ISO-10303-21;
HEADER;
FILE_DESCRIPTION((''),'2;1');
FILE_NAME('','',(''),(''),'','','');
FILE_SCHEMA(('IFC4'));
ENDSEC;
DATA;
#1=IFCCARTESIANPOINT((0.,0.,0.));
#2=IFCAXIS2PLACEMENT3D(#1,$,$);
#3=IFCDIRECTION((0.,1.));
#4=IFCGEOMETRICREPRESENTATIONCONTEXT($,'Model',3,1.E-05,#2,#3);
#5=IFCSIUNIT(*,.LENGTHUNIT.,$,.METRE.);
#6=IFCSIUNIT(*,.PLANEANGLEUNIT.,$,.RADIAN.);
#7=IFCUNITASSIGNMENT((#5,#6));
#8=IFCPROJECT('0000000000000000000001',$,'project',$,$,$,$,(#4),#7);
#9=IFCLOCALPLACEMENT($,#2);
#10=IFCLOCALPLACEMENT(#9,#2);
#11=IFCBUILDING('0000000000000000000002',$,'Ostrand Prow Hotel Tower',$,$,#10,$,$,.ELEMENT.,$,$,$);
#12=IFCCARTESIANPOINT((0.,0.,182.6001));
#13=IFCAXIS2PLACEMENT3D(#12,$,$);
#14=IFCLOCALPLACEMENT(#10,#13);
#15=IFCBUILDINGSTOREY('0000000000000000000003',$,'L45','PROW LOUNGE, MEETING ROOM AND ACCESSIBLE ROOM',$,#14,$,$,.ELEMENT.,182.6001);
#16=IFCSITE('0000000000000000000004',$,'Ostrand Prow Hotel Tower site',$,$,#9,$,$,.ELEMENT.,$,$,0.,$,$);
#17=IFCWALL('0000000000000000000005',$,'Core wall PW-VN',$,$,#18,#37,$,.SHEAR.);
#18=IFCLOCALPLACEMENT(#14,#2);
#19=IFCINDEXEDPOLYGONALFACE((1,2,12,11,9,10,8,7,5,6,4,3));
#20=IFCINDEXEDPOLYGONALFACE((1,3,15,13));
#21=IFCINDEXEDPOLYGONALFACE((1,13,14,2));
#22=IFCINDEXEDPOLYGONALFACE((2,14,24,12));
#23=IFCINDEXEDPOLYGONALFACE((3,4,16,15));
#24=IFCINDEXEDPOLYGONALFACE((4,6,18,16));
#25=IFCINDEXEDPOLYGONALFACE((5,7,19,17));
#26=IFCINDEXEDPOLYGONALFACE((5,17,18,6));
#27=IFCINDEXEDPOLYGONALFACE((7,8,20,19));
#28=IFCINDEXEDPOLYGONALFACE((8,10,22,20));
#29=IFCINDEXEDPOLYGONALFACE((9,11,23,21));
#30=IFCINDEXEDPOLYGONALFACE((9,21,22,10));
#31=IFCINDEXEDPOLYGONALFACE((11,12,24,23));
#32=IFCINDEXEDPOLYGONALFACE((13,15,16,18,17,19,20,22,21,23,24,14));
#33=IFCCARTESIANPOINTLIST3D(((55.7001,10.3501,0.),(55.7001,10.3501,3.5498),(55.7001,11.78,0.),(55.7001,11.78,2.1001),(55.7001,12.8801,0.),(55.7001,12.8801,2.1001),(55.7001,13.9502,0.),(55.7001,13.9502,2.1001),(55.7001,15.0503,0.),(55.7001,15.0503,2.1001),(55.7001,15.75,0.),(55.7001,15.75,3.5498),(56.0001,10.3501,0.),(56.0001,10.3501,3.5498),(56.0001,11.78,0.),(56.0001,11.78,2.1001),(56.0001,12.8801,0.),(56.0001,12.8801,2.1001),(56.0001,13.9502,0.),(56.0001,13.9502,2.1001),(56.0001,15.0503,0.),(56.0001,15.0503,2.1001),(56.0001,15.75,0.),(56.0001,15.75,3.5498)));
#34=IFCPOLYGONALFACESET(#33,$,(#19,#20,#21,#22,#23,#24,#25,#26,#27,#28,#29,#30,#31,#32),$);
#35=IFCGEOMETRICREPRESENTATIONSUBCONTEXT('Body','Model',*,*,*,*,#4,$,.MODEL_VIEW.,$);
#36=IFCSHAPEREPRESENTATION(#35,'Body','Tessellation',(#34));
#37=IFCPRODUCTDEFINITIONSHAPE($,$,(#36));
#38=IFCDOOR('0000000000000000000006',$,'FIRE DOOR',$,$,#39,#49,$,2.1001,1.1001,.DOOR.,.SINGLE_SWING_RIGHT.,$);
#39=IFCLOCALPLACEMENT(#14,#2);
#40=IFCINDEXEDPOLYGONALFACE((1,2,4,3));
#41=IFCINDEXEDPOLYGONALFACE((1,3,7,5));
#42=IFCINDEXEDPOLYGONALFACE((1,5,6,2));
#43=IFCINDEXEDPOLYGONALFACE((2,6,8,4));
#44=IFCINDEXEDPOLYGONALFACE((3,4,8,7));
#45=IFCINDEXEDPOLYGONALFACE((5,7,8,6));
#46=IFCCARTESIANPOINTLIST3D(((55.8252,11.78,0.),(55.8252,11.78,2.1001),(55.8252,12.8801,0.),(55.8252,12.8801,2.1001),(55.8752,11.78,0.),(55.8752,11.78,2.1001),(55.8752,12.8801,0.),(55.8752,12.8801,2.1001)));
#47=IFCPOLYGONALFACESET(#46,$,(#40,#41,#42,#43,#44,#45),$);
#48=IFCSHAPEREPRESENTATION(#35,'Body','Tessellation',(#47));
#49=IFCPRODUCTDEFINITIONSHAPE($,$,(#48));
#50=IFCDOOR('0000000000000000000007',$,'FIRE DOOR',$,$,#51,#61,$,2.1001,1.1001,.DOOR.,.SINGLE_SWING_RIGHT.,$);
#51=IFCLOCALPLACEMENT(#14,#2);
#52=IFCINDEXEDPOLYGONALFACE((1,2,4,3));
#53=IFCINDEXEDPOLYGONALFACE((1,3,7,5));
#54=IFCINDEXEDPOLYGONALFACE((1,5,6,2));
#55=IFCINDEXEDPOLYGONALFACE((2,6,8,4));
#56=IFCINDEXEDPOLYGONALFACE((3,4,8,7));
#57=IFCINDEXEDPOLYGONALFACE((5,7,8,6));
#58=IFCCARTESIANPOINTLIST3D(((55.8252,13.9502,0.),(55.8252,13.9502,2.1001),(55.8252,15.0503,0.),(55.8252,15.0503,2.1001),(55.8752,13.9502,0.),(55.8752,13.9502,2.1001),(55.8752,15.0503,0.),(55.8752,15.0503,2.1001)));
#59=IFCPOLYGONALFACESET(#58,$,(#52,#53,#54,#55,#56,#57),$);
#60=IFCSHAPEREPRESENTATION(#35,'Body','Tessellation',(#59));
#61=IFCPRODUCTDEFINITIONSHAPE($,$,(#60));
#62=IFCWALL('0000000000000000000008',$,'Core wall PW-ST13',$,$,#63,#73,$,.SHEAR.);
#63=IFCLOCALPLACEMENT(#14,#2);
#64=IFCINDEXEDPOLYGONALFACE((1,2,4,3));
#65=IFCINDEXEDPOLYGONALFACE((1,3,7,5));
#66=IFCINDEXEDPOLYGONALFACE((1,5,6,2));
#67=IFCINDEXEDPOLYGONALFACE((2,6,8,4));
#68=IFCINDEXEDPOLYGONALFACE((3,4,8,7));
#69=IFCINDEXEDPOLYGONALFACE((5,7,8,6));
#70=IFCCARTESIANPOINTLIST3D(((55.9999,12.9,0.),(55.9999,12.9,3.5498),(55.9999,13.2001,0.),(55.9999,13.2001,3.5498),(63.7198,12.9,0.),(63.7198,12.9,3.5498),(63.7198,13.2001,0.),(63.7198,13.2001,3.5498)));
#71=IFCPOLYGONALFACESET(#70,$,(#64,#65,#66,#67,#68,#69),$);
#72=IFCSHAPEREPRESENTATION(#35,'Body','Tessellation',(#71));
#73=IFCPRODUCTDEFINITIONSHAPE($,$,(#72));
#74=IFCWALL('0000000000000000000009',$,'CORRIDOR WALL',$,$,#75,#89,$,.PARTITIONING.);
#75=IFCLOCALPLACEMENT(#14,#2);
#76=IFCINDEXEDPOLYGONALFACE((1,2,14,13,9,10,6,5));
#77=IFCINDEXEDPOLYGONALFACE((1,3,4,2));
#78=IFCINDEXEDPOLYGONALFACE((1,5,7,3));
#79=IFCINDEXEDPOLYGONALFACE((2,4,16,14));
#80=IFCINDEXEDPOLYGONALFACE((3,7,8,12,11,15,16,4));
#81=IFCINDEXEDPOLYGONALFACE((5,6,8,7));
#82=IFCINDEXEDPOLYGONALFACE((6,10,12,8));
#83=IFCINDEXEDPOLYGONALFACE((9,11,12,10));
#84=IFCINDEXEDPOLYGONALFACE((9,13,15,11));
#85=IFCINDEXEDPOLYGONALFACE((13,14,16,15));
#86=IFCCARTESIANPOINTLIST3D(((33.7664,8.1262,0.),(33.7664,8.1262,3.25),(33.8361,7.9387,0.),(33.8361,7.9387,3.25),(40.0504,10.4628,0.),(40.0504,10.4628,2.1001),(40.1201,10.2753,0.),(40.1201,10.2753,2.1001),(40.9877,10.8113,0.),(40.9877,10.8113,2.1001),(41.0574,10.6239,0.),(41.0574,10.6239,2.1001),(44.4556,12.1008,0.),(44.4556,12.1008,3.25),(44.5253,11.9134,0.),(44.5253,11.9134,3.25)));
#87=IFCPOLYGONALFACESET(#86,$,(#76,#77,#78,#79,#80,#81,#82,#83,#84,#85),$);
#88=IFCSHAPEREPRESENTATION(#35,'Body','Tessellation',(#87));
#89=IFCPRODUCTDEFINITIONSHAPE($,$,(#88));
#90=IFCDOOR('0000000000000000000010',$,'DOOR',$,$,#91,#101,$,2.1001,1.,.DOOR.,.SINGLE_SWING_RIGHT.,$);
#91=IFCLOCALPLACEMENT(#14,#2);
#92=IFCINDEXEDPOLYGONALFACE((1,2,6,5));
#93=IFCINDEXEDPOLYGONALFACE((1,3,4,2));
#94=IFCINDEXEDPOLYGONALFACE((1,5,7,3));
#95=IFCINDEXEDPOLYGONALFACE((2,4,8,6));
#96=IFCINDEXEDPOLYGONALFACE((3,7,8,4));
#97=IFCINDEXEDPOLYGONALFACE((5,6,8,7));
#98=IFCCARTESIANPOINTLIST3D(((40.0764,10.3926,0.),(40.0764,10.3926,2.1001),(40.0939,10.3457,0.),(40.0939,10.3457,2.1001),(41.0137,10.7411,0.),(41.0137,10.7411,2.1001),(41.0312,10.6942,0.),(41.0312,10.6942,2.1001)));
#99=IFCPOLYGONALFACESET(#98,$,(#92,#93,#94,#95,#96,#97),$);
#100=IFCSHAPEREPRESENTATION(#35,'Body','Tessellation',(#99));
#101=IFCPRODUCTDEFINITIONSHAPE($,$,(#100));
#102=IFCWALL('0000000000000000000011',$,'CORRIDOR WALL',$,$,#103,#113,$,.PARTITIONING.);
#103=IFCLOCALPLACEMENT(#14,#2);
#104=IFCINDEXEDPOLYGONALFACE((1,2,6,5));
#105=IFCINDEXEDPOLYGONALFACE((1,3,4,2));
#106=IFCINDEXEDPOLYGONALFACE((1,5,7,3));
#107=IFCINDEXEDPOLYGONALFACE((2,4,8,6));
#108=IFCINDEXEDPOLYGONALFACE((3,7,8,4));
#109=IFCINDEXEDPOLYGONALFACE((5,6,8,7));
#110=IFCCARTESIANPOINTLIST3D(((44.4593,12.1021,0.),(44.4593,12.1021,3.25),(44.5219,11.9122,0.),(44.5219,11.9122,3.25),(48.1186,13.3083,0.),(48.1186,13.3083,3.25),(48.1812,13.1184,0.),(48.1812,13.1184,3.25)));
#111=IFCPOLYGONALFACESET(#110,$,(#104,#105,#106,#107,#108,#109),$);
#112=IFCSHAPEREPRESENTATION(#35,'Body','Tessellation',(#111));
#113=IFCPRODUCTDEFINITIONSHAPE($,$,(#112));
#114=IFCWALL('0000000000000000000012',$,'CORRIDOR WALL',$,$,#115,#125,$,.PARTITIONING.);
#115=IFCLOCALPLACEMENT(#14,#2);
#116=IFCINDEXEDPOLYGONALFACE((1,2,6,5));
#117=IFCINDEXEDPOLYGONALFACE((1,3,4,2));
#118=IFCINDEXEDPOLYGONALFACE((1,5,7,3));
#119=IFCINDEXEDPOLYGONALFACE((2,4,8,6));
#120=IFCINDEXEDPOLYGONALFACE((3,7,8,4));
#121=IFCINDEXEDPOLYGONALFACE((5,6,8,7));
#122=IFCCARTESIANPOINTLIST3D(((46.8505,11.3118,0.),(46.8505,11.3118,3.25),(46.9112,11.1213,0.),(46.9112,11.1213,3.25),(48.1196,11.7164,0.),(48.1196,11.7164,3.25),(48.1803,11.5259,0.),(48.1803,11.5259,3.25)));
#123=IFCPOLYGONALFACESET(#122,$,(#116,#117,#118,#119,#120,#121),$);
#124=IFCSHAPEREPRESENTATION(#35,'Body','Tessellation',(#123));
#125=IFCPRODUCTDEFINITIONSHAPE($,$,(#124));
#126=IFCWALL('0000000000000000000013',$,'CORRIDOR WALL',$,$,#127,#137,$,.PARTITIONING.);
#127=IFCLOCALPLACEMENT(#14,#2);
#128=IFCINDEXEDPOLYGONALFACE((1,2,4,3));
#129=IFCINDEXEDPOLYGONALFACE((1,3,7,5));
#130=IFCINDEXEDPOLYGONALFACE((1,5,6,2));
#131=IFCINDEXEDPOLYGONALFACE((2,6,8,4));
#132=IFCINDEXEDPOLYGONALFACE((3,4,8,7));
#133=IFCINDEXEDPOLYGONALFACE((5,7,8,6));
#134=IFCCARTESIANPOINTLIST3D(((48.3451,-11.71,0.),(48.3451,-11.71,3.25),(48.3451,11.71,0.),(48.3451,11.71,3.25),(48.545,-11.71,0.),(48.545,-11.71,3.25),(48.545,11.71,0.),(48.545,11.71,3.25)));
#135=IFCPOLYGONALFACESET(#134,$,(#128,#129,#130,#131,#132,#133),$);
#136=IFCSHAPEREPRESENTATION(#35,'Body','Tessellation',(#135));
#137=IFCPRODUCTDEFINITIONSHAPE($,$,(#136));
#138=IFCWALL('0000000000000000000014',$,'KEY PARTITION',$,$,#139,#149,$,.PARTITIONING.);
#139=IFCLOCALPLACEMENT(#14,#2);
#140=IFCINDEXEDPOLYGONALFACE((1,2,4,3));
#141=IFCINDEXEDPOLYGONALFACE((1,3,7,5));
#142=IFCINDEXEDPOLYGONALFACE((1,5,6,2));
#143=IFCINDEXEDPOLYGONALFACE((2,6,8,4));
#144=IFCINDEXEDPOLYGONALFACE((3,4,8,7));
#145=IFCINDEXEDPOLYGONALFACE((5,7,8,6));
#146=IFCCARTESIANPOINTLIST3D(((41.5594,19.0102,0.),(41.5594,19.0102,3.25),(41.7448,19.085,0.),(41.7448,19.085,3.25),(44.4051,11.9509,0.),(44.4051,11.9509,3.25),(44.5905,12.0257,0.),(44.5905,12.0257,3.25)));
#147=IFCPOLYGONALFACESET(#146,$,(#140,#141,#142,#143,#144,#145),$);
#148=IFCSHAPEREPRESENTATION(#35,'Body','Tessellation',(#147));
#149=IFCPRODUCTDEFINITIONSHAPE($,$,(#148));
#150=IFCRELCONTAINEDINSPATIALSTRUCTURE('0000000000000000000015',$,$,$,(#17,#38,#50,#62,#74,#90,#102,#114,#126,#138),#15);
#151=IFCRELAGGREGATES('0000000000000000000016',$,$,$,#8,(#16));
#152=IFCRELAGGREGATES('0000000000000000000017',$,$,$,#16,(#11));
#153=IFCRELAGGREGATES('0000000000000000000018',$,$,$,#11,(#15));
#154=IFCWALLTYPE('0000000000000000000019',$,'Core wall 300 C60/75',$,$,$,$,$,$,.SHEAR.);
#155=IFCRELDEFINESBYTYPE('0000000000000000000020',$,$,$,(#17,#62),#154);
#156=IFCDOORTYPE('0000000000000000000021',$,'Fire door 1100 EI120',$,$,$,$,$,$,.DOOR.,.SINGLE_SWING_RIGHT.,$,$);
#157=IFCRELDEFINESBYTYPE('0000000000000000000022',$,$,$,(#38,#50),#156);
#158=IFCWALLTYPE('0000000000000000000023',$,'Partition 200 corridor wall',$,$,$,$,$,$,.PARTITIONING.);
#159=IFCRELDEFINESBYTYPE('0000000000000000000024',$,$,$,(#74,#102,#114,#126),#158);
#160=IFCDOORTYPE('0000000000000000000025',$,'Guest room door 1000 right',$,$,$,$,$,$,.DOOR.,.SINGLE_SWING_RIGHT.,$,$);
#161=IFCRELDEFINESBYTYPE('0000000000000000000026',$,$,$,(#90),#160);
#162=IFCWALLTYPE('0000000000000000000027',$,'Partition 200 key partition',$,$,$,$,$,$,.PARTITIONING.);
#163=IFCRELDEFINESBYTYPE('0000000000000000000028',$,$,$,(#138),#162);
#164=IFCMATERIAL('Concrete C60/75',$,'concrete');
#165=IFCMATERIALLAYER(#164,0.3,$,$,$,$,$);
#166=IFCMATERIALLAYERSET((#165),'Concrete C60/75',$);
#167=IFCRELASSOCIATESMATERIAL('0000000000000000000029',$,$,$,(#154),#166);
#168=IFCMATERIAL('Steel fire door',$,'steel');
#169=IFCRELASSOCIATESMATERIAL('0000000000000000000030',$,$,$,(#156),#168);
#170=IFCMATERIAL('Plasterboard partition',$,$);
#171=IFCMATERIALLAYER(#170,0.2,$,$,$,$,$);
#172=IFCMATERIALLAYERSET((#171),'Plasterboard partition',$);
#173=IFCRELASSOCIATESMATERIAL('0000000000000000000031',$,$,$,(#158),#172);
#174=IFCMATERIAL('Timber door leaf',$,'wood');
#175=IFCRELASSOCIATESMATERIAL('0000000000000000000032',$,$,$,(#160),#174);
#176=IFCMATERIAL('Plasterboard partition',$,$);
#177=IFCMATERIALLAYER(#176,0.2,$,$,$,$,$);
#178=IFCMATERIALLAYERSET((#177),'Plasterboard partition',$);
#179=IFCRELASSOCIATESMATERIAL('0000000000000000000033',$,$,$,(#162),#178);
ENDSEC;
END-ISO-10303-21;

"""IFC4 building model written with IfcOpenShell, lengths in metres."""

from ifc_helpers import new_model, si_unit, direction, frame, frame_2d, origin, place, context, subcontext, project, spatial, rectangle, extrude, material, layer, layer_set, type_object, element, fill, save


model = new_model("IFC4")

# Units and contexts
model_context = context("Model", 3, precision=1e-05, world=origin(), true_north=direction((0.0, 1.0)))
body_context = subcontext(model_context, "Body", "Model", "MODEL_VIEW")
ifc_project = project(units=[si_unit("LENGTHUNIT", "METRE"), si_unit("PLANEANGLEUNIT", "RADIAN")], contexts=[model_context])

# Site, building, storey
site_placement = place(None, origin())
site = spatial("IfcSite", under=ifc_project, at=site_placement, Name="Ostrand Prow Hotel Tower site", CompositionType="ELEMENT", RefElevation=0.0)
building_placement = place(site_placement, origin())
building = spatial("IfcBuilding", under=site, at=building_placement, Name="Ostrand Prow Hotel Tower", CompositionType="ELEMENT")
storey_placement = place(building_placement, frame((0.0, 0.0, 182.6001)))
storey = spatial("IfcBuildingStorey", under=building, at=storey_placement, Name="L45", Description="PROW LOUNGE, MEETING ROOM AND ACCESSIBLE ROOM", CompositionType="ELEMENT", Elevation=182.6001)

# Wall, openings, doors
ifc_material_1 = material(Name="Concrete C60/75", Category="concrete")
ifc_layer_1 = layer(ifc_material_1, 0.3)
ifc_layer_set_1 = layer_set([ifc_layer_1], Name="Concrete C60/75")
wall_type_1 = type_object("IfcWallType", Name="Core wall 300 C60/75", PredefinedType="SHEAR", material=ifc_layer_set_1)
wall_1_placement = place(storey_placement, frame((55.8501, 10.3501, 0.0), z_axis=(0.0, 0.0, 1.0), x_axis=(0.0, 1.0, 0.0)))
wall_1 = element("IfcWall", 1, at=wall_1_placement, inside=storey, type_object=wall_type_1, Name="Core wall PW-VN", PredefinedType="SHEAR", context=body_context, shape_type="SweptSolid", body=[
    extrude(rectangle(XDim=5.3999, YDim=0.3, at=frame_2d((2.7, 0.0))), origin(), (0.0, 0.0, 1.0), 3.5498),
])
opening_1_placement = place(wall_1_placement, frame((1.4299, 0.0, 0.0)))
opening_1 = element("IfcOpeningElement", 2, at=opening_1_placement, cuts=wall_1, PredefinedType="OPENING", context=body_context, shape_type="SweptSolid", body=[
    extrude(rectangle(XDim=1.1001, YDim=2.1001, at=frame_2d((0.55, 1.05))), frame((0.0, 0.1599, 0.0), z_axis=(0.0, -1.0, 0.0), x_axis=(1.0, 0.0, 0.0)), (0.0, 0.0, 1.0), 0.3201),
])
opening_2_placement = place(wall_1_placement, frame((3.6001, 0.0, 0.0)))
opening_2 = element("IfcOpeningElement", 3, at=opening_2_placement, cuts=wall_1, PredefinedType="OPENING", context=body_context, shape_type="SweptSolid", body=[
    extrude(rectangle(XDim=1.1001, YDim=2.1001, at=frame_2d((0.55, 1.05))), frame((0.0, 0.1599, 0.0), z_axis=(0.0, -1.0, 0.0), x_axis=(1.0, 0.0, 0.0)), (0.0, 0.0, 1.0), 0.3201),
])
ifc_material_2 = material(Name="Steel fire door", Category="steel")
door_type_1 = type_object("IfcDoorType", Name="Fire door 1100 EI120", OperationType="SINGLE_SWING_RIGHT", PredefinedType="DOOR", material=ifc_material_2)
door_1_placement = place(opening_1_placement, origin())
door_1 = element("IfcDoor", 4, at=door_1_placement, inside=storey, type_object=door_type_1, Name="FIRE DOOR", OperationType="SINGLE_SWING_RIGHT", OverallHeight=2.1001, OverallWidth=1.1001, PredefinedType="DOOR", context=body_context, shape_type="SweptSolid", body=[
    extrude(rectangle(XDim=1.1001, YDim=2.1001, at=frame_2d((0.55, 1.05))), frame((0.0, 0.0249, 0.0), z_axis=(0.0, -1.0, 0.0), x_axis=(1.0, 0.0, 0.0)), (0.0, 0.0, 1.0), 0.05),
])
fill(opening_1, door_1)
door_2_placement = place(opening_2_placement, origin())
door_2 = element("IfcDoor", 5, at=door_2_placement, inside=storey, type_object=door_type_1, Name="FIRE DOOR", OperationType="SINGLE_SWING_RIGHT", OverallHeight=2.1001, OverallWidth=1.1001, PredefinedType="DOOR", context=body_context, shape_type="SweptSolid", body=[
    extrude(rectangle(XDim=1.1001, YDim=2.1001, at=frame_2d((0.55, 1.05))), frame((0.0, 0.0249, 0.0), z_axis=(0.0, -1.0, 0.0), x_axis=(1.0, 0.0, 0.0)), (0.0, 0.0, 1.0), 0.05),
])
fill(opening_2, door_2)

# Wall
wall_2_placement = place(storey_placement, frame((56.0, 13.05, 0.0), z_axis=(0.0, 0.0, 1.0), x_axis=(1.0, 0.0, 0.0)))
element("IfcWall", 6, at=wall_2_placement, inside=storey, type_object=wall_type_1, Name="Core wall PW-ST13", PredefinedType="SHEAR", context=body_context, shape_type="SweptSolid", body=[
    extrude(rectangle(XDim=7.72, YDim=0.3, at=frame_2d((3.8599, 0.0))), origin(), (0.0, 0.0, 1.0), 3.5498),
])

# Wall, opening, door
ifc_material_3 = material(Name="Plasterboard partition")
ifc_layer_2 = layer(ifc_material_3, 0.2)
ifc_layer_set_2 = layer_set([ifc_layer_2], Name="Plasterboard partition")
wall_type_2 = type_object("IfcWallType", Name="Partition 200 corridor wall", PredefinedType="PARTITIONING", material=ifc_layer_set_2)
wall_3_placement = place(storey_placement, frame((44.4905, 12.0071, 0.0), z_axis=(0.0, 0.0, 1.0), x_axis=(-0.937301, -0.34852, 0.0)))
wall_3 = element("IfcWall", 7, at=wall_3_placement, inside=storey, type_object=wall_type_2, Name="CORRIDOR WALL", PredefinedType="PARTITIONING", context=body_context, shape_type="SweptSolid", body=[
    extrude(rectangle(XDim=11.4043, YDim=0.2, at=frame_2d((5.7021, 0.0))), origin(), (0.0, 0.0, 1.0), 3.25),
])
opening_3_placement = place(wall_3_placement, frame((3.7, 0.0, 0.0)))
opening_3 = element("IfcOpeningElement", 8, at=opening_3_placement, cuts=wall_3, PredefinedType="OPENING", context=body_context, shape_type="SweptSolid", body=[
    extrude(rectangle(XDim=1.0, YDim=2.1001, at=frame_2d((0.5, 1.05))), frame((0.0, 0.1099, 0.0), z_axis=(0.0, -1.0, 0.0), x_axis=(1.0, 0.0, 0.0)), (0.0, 0.0, 1.0), 0.22),
])
ifc_material_4 = material(Name="Timber door leaf", Category="wood")
door_type_2 = type_object("IfcDoorType", Name="Guest room door 1000 right", OperationType="SINGLE_SWING_RIGHT", PredefinedType="DOOR", material=ifc_material_4)
door_3_placement = place(opening_3_placement, origin())
door_3 = element("IfcDoor", 9, at=door_3_placement, inside=storey, type_object=door_type_2, Name="DOOR", OperationType="SINGLE_SWING_RIGHT", OverallHeight=2.1001, OverallWidth=1.0, PredefinedType="DOOR", context=body_context, shape_type="SweptSolid", body=[
    extrude(rectangle(XDim=1.0, YDim=2.1001, at=frame_2d((0.5, 1.05))), frame((0.0, 0.0249, 0.0), z_axis=(0.0, -1.0, 0.0), x_axis=(1.0, 0.0, 0.0)), (0.0, 0.0, 1.0), 0.05),
])
fill(opening_3, door_3)

# Walls
wall_4_placement = place(storey_placement, frame((48.1499, 13.2134, 0.0), z_axis=(0.0, 0.0, 1.0), x_axis=(-0.94973, -0.313071, 0.0)))
element("IfcWall", 10, at=wall_4_placement, inside=storey, type_object=wall_type_2, Name="CORRIDOR WALL", PredefinedType="PARTITIONING", context=body_context, shape_type="SweptSolid", body=[
    extrude(rectangle(XDim=3.853, YDim=0.2, at=frame_2d((1.9265, 0.0))), origin(), (0.0, 0.0, 1.0), 3.25),
])
wall_5_placement = place(storey_placement, frame((46.8809, 11.2166, 0.0), z_axis=(0.0, 0.0, 1.0), x_axis=(0.952762, 0.303718, 0.0)))
element("IfcWall", 11, at=wall_5_placement, inside=storey, type_object=wall_type_2, Name="CORRIDOR WALL", PredefinedType="PARTITIONING", context=body_context, shape_type="SweptSolid", body=[
    extrude(rectangle(XDim=1.332, YDim=0.2, at=frame_2d((0.666, 0.0))), origin(), (0.0, 0.0, 1.0), 3.25),
])
wall_6_placement = place(storey_placement, frame((48.4451, 11.71, 0.0), z_axis=(0.0, 0.0, 1.0), x_axis=(0.0, -1.0, 0.0)))
element("IfcWall", 12, at=wall_6_placement, inside=storey, type_object=wall_type_2, Name="CORRIDOR WALL", PredefinedType="PARTITIONING", context=body_context, shape_type="SweptSolid", body=[
    extrude(rectangle(XDim=23.4199, YDim=0.2, at=frame_2d((11.71, 0.0))), origin(), (0.0, 0.0, 1.0), 3.25),
])
ifc_material_5 = material(Name="Plasterboard partition")
ifc_layer_3 = layer(ifc_material_5, 0.2)
ifc_layer_set_3 = layer_set([ifc_layer_3], Name="Plasterboard partition")
wall_type_3 = type_object("IfcWallType", Name="Partition 200 key partition", PredefinedType="PARTITIONING", material=ifc_layer_set_3)
wall_7_placement = place(storey_placement, frame((44.4978, 11.9883, 0.0), z_axis=(0.0, 0.0, 1.0), x_axis=(-0.373878, 0.927478, 0.0)))
element("IfcWall", 13, at=wall_7_placement, inside=storey, type_object=wall_type_3, Name="KEY PARTITION", PredefinedType="PARTITIONING", context=body_context, shape_type="SweptSolid", body=[
    extrude(rectangle(XDim=7.6113, YDim=0.2, at=frame_2d((3.8057, 0.0))), origin(), (0.0, 0.0, 1.0), 3.25),
])

save(model, "model.ifc")
